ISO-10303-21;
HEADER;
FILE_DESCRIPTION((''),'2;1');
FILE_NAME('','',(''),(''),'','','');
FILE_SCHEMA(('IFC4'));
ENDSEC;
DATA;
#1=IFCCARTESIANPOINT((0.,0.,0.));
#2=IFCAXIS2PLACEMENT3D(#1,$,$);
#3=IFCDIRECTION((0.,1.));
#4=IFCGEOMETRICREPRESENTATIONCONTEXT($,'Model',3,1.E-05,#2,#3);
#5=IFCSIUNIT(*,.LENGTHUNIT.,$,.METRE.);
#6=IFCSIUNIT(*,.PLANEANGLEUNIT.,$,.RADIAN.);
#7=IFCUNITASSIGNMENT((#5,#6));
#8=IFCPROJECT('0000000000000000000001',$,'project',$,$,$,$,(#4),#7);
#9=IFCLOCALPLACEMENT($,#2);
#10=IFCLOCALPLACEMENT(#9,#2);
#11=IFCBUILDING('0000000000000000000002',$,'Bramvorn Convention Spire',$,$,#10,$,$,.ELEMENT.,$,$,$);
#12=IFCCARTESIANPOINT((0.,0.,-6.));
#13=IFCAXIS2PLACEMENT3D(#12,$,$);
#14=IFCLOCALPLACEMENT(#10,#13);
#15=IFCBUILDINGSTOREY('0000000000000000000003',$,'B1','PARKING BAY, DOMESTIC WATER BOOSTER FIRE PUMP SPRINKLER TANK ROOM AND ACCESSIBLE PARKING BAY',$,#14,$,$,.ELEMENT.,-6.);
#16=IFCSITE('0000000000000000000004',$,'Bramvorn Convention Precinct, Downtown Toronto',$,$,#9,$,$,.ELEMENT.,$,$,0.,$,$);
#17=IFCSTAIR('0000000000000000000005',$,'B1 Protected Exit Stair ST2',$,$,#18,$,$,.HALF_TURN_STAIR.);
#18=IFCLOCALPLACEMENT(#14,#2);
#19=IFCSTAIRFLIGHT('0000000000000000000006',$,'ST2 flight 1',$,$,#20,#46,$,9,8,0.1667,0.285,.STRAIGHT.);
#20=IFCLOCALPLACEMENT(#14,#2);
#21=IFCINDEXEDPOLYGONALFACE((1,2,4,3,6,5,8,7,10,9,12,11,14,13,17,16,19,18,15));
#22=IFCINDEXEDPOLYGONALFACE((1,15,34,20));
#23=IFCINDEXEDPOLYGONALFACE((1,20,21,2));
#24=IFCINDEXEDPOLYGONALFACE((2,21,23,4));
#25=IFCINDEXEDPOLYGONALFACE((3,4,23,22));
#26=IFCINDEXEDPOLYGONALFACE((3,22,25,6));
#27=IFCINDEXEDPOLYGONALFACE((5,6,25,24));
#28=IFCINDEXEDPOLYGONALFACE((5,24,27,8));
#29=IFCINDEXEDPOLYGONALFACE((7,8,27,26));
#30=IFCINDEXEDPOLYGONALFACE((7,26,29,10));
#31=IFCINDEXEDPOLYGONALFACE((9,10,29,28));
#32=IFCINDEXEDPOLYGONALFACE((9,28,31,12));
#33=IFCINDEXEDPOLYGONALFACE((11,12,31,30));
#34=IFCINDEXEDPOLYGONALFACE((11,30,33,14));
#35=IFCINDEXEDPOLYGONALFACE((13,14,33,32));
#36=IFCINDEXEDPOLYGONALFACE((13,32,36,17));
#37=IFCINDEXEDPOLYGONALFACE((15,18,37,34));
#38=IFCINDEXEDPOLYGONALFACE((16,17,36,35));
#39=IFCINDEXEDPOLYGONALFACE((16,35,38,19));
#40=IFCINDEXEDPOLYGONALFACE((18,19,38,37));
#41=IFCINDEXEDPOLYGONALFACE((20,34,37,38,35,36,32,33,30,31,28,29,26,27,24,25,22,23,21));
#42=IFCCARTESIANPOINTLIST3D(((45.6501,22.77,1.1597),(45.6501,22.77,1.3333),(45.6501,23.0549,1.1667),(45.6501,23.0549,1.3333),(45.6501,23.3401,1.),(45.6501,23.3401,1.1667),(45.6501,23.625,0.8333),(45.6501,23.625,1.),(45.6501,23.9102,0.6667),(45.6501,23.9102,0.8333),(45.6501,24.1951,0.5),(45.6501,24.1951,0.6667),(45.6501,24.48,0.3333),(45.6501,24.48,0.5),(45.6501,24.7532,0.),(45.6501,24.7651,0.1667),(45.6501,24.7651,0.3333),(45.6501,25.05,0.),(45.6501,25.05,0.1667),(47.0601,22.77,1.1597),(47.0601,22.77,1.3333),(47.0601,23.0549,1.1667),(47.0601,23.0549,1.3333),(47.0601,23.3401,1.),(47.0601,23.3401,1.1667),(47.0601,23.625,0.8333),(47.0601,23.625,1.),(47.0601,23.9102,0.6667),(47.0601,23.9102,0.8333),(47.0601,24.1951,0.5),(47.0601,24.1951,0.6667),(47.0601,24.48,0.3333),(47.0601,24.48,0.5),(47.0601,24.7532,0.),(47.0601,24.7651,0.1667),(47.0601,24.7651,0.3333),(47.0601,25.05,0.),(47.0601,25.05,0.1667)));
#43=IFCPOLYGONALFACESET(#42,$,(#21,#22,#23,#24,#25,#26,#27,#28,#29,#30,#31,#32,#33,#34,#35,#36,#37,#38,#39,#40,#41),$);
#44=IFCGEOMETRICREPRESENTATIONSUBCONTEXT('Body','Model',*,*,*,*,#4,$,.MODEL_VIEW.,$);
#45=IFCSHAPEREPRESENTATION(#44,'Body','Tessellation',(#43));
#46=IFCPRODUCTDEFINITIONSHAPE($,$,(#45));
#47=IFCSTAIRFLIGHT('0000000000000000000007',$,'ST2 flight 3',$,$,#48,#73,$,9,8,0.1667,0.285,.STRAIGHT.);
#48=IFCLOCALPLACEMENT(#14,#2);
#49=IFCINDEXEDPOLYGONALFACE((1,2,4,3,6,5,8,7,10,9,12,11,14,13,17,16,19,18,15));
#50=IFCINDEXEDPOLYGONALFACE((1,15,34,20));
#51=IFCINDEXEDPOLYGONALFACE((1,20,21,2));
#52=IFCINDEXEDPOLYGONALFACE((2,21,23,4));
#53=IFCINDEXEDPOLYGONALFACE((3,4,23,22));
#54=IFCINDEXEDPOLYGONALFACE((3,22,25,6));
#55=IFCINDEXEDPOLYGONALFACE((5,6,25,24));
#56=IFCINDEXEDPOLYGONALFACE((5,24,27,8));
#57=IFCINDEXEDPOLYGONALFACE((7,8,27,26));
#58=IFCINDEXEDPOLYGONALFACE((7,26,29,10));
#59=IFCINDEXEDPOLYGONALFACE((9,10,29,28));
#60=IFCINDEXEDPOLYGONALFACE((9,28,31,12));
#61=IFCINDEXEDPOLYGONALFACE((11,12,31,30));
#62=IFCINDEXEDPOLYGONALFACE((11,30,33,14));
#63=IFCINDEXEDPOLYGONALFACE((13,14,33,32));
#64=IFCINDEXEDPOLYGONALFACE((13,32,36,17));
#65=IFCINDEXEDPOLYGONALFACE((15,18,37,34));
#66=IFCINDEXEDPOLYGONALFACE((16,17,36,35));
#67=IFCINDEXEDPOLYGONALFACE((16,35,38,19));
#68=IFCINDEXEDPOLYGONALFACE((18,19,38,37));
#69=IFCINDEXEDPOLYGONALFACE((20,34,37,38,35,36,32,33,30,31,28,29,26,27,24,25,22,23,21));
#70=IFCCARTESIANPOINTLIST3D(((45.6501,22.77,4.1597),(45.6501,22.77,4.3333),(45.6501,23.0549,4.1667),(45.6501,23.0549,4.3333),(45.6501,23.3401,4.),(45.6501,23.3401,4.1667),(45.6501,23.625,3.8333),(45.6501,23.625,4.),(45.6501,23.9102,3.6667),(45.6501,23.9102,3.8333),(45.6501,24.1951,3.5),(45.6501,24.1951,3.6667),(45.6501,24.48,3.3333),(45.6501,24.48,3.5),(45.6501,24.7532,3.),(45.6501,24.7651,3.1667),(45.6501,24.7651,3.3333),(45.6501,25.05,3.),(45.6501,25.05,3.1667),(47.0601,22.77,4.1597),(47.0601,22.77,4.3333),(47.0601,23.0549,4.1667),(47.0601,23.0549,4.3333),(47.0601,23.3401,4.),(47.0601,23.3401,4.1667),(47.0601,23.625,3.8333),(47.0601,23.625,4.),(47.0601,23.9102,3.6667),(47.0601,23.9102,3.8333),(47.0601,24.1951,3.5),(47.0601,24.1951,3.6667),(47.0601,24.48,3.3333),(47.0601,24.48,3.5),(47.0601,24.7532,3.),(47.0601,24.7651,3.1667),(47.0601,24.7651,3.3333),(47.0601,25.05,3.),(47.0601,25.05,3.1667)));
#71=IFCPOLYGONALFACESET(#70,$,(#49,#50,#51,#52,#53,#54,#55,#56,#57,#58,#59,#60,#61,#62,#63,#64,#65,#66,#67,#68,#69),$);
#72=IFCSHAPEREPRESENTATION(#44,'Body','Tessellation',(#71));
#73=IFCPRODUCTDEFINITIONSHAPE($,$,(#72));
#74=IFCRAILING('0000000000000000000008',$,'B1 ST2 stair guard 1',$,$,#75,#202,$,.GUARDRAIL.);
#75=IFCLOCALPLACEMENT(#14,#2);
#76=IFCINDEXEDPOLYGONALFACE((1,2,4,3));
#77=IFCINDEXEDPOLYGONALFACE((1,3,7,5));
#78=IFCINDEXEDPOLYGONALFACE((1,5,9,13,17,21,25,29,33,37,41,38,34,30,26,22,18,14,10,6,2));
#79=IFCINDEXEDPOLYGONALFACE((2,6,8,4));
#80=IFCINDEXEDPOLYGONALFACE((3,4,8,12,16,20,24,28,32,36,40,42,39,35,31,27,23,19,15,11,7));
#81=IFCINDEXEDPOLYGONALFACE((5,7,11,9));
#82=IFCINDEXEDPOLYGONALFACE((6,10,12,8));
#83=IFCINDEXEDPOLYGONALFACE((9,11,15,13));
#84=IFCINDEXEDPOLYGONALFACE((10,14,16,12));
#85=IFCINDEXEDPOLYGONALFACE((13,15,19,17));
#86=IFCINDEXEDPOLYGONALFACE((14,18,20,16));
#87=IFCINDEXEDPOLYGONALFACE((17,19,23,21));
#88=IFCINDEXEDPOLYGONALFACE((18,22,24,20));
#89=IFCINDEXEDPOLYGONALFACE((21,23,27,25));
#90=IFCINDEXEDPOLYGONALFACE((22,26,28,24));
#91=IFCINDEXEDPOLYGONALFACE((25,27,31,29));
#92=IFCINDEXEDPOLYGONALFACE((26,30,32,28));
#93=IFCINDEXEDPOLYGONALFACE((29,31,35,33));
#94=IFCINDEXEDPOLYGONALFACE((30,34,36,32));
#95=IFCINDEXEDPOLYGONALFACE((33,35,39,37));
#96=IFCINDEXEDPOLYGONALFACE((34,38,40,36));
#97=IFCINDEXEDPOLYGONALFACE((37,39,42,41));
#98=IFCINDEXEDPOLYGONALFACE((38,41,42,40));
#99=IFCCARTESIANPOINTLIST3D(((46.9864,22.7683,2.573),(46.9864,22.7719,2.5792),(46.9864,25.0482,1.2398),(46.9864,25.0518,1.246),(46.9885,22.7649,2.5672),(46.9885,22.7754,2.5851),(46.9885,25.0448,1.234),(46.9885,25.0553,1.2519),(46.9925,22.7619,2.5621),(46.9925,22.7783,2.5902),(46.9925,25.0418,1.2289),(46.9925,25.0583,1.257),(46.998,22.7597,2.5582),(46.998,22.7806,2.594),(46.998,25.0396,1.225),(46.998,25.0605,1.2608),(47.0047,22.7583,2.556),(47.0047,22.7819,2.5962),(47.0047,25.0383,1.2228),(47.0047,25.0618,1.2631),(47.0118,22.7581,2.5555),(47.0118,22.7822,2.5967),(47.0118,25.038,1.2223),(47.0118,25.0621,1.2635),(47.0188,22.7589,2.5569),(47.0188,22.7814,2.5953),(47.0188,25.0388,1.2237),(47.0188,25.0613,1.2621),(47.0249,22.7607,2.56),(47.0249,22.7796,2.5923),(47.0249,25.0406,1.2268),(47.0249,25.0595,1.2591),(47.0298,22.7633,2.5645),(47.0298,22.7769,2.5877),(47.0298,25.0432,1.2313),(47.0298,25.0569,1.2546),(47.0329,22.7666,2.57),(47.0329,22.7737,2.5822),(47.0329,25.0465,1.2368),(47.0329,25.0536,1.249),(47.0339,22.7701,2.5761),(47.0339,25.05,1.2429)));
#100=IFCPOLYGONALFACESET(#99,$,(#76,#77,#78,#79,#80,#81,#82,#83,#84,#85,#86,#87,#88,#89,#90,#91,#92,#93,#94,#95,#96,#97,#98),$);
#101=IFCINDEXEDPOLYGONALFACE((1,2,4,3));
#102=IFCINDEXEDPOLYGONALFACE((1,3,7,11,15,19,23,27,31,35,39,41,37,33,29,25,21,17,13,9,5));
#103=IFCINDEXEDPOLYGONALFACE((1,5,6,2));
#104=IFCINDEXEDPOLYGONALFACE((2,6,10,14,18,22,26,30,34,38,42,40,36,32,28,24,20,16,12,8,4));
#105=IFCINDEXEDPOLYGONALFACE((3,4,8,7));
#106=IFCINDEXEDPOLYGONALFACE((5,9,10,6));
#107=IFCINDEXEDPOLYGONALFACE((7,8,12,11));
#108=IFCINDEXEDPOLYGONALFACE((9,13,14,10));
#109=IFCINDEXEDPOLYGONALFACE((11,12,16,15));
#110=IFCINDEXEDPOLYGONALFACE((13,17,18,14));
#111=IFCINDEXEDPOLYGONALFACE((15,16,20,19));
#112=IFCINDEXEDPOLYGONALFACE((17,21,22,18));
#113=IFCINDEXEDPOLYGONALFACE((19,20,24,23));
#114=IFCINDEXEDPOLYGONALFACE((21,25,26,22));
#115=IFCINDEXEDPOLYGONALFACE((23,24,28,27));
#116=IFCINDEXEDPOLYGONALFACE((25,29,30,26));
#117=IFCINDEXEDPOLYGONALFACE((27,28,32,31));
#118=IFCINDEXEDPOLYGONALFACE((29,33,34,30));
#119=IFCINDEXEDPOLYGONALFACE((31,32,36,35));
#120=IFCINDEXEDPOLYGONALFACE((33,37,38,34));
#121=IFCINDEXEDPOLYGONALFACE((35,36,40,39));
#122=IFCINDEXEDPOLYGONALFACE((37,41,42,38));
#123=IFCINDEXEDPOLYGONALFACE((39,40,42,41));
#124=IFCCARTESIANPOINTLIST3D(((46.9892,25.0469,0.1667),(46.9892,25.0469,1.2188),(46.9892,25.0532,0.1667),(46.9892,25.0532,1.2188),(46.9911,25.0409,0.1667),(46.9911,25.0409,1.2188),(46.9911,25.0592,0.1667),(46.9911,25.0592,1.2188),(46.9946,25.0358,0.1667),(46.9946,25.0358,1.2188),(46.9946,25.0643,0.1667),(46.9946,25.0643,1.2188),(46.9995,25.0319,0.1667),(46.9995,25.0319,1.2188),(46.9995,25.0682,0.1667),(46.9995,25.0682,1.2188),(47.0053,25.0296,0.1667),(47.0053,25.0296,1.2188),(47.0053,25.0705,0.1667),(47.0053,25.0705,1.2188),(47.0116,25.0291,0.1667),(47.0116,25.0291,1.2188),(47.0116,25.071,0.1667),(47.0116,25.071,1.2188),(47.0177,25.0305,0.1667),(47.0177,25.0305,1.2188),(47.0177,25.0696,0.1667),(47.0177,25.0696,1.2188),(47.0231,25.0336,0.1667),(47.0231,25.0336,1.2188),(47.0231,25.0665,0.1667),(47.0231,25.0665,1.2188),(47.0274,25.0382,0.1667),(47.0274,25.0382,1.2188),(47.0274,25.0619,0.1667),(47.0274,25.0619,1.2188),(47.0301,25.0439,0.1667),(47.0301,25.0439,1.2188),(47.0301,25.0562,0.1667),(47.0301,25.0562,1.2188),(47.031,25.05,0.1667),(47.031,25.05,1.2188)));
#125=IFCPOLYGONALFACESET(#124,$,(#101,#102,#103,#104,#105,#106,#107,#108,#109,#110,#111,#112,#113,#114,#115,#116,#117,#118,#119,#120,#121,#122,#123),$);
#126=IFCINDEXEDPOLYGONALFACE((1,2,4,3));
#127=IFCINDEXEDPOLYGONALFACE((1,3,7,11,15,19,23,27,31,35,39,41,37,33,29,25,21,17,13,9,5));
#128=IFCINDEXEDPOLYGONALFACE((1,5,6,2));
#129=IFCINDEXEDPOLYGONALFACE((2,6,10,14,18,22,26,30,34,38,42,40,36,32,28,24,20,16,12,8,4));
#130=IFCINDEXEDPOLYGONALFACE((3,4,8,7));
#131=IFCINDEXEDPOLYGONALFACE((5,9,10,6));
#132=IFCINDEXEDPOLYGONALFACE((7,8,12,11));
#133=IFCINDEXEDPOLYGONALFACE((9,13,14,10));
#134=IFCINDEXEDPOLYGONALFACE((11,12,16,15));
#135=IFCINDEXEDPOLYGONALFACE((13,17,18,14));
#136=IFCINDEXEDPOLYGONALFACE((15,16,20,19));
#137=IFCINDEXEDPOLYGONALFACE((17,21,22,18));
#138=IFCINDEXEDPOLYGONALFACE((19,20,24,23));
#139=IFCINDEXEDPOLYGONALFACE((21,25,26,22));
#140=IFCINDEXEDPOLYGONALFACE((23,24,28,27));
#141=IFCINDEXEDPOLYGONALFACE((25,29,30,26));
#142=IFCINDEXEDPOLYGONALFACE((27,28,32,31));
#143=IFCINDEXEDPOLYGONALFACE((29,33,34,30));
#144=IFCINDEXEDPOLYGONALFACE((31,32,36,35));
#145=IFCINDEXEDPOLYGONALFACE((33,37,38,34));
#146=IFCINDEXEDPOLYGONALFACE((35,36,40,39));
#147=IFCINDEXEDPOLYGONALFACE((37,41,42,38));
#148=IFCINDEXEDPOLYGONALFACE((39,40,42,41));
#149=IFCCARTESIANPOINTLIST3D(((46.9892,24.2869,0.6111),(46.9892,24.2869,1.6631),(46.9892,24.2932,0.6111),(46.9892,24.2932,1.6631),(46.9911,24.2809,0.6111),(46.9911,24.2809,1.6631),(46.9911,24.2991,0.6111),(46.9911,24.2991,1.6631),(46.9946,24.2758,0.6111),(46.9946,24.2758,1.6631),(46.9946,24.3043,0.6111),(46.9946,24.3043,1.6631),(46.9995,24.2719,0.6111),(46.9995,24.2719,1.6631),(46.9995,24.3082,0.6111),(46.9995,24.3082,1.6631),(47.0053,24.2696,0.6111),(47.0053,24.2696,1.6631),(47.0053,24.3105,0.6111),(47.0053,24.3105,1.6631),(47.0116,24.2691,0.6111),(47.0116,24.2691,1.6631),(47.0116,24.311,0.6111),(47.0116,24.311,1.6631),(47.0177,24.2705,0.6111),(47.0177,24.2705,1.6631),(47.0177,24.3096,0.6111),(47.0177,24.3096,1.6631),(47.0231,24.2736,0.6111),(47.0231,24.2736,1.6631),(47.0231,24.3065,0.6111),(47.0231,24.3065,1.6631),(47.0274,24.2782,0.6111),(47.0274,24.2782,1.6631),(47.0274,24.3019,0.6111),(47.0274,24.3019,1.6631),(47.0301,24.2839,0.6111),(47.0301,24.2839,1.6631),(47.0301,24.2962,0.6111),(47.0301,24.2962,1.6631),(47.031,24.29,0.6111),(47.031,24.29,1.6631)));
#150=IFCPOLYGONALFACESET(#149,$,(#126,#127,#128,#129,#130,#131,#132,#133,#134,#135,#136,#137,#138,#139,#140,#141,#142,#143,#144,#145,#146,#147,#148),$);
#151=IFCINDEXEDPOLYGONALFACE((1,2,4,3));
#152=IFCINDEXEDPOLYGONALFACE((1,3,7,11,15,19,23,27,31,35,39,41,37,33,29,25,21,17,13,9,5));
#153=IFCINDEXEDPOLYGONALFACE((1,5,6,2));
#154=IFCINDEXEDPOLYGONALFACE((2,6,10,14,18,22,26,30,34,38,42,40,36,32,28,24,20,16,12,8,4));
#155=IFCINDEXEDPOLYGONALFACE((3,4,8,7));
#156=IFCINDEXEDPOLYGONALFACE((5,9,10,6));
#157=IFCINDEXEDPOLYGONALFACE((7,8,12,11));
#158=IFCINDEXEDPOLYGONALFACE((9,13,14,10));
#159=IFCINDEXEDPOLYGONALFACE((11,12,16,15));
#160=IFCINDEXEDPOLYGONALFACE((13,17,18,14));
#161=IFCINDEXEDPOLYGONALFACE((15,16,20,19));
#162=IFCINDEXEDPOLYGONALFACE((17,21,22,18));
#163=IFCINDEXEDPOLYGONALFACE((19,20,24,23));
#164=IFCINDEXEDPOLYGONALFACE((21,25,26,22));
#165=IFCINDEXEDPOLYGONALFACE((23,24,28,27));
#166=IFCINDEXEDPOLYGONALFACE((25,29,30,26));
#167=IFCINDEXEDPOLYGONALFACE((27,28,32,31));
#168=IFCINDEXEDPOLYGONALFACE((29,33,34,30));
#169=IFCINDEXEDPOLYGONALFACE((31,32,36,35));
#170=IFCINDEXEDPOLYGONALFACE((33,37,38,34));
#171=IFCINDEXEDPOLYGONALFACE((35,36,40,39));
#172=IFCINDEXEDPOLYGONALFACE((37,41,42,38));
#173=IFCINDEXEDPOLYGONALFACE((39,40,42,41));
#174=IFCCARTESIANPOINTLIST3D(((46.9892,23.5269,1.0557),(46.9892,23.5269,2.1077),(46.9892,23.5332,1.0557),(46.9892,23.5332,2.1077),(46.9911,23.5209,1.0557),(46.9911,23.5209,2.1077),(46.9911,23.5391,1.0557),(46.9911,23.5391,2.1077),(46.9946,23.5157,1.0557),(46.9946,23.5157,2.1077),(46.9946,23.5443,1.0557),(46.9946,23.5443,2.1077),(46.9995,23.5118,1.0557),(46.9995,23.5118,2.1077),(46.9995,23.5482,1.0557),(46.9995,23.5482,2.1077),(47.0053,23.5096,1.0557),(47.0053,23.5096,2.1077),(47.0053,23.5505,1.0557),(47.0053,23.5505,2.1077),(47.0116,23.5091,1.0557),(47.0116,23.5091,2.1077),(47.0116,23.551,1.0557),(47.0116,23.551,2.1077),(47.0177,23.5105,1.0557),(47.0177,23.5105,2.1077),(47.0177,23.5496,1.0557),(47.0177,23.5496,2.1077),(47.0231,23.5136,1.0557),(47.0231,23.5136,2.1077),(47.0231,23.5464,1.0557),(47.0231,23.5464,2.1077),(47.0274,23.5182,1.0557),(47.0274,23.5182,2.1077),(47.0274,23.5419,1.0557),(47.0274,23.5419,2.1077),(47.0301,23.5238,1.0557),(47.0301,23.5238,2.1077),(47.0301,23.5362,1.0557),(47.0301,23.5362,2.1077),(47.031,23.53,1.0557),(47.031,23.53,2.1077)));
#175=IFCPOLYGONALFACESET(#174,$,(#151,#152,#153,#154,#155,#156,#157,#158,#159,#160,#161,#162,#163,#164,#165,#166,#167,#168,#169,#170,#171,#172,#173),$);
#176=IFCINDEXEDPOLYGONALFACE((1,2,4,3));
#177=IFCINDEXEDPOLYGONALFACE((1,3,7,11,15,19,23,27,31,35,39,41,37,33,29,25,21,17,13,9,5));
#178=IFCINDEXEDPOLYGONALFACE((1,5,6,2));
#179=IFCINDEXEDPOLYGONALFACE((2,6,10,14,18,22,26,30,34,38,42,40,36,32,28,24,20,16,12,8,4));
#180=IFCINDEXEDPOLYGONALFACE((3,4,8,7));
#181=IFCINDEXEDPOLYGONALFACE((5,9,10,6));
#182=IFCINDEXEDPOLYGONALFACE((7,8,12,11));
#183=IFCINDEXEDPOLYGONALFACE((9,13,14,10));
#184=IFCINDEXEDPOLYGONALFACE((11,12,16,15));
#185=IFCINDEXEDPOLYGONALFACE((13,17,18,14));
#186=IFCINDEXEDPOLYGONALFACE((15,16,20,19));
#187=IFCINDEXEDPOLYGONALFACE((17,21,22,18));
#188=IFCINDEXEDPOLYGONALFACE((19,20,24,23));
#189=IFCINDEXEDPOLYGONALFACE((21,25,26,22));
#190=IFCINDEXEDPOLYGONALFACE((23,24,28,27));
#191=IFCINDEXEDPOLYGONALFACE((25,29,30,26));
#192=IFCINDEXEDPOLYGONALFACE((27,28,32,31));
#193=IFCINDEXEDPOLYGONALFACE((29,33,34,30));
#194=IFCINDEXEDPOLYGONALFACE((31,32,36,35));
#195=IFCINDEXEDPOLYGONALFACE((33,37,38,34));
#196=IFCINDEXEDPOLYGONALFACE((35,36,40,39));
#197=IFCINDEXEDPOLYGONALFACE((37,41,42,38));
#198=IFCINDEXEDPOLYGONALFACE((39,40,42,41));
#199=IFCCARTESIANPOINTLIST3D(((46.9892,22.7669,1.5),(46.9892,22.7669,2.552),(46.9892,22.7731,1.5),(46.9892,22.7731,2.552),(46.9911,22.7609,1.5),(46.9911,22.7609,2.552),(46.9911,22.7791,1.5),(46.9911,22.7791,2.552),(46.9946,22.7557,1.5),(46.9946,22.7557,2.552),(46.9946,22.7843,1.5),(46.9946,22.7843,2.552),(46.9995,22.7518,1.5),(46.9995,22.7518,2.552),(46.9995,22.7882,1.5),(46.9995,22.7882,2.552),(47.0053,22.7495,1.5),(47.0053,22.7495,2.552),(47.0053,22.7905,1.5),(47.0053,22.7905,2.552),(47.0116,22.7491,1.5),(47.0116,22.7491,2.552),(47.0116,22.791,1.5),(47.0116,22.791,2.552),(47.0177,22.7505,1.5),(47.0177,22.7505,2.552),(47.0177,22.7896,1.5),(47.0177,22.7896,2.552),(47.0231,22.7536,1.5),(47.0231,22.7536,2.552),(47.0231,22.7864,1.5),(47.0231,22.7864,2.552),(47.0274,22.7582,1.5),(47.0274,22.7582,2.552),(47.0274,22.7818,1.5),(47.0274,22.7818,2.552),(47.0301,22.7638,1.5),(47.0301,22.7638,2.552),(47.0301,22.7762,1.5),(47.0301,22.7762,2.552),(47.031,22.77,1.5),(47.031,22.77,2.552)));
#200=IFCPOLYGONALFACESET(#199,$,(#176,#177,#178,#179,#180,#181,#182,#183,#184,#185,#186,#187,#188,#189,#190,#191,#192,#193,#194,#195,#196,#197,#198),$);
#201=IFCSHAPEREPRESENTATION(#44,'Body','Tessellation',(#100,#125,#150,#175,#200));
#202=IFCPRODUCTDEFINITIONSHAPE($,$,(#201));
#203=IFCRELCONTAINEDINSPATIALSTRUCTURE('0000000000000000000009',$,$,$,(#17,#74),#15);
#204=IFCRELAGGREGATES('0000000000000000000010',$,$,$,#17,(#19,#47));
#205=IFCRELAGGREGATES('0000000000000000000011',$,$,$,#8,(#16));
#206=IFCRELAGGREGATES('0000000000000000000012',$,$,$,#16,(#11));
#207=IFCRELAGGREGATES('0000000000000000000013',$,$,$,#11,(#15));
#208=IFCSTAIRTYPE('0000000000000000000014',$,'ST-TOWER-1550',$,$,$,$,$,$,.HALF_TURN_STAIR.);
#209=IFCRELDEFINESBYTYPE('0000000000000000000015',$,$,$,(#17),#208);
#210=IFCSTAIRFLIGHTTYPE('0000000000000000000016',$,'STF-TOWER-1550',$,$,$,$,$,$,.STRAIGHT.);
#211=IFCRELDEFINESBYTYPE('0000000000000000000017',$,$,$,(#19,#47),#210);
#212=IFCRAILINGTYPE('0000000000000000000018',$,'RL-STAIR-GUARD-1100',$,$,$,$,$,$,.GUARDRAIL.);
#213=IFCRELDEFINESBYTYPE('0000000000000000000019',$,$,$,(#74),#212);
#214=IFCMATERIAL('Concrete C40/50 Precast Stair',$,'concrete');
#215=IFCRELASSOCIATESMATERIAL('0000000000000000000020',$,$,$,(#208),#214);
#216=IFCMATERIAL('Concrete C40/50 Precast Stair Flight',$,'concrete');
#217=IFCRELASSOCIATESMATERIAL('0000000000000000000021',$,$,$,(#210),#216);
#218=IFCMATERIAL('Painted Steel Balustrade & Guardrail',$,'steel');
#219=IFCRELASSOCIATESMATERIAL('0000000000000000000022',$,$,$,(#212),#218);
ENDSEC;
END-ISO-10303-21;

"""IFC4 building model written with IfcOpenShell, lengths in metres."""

from ifc_helpers import new_model, si_unit, direction, frame, origin, origin_2d, place, context, subcontext, project, spatial, polyline, circle, outline, extrude, material, type_object, element, aggregate, save


model = new_model("IFC4")

# Units and contexts
model_context = context("Model", 3, precision=1e-05, world=origin(), true_north=direction((0.0, 1.0)))
body_context = subcontext(model_context, "Body", "Model", "MODEL_VIEW")
ifc_project = project(units=[si_unit("LENGTHUNIT", "METRE"), si_unit("PLANEANGLEUNIT", "RADIAN")], contexts=[model_context])

# Site, building, storey
site_placement = place(None, origin())
site = spatial("IfcSite", under=ifc_project, at=site_placement, Name="Bramvorn Convention Precinct, Downtown Toronto", CompositionType="ELEMENT", RefElevation=0.0)
building_placement = place(site_placement, origin())
building = spatial("IfcBuilding", under=site, at=building_placement, Name="Bramvorn Convention Spire", CompositionType="ELEMENT")
storey_placement = place(building_placement, frame((0.0, 0.0, -6.0)))
storey = spatial("IfcBuildingStorey", under=building, at=storey_placement, Name="B1", Description="PARKING BAY, DOMESTIC WATER BOOSTER FIRE PUMP SPRINKLER TANK ROOM AND ACCESSIBLE PARKING BAY", CompositionType="ELEMENT", Elevation=-6.0)

# Stair, stair flights
ifc_material_1 = material(Name="Concrete C40/50 Precast Stair", Category="concrete")
stair_type = type_object("IfcStairType", Name="ST-TOWER-1550", PredefinedType="HALF_TURN_STAIR", material=ifc_material_1)
stair_placement = place(storey_placement, origin())
stair = element("IfcStair", 1, at=stair_placement, inside=storey, type_object=stair_type, Name="B1 Protected Exit Stair ST2", PredefinedType="HALF_TURN_STAIR")
ifc_material_2 = material(Name="Concrete C40/50 Precast Stair Flight", Category="concrete")
stair_flight_type = type_object("IfcStairFlightType", Name="STF-TOWER-1550", PredefinedType="STRAIGHT", material=ifc_material_2)
stair_flight_1_placement = place(storey_placement, frame((46.355, 25.05, 0.0), z_axis=(0.0, 0.0, 1.0), x_axis=(0.0, -1.0, 0.0)))
stair_flight_1 = element("IfcStairFlight", 2, at=stair_flight_1_placement, type_object=stair_flight_type, Name="ST2 flight 1", NumberOfRisers=9, NumberOfTreads=8, PredefinedType="STRAIGHT", RiserHeight=0.1667, TreadLength=0.285, context=body_context, shape_type="SweptSolid", body=[
    extrude(outline(polyline([(0.0, 0.0), (0.0, 0.1667), (0.2849, 0.1667), (0.2849, 0.3333), (0.5701, 0.3333), (0.5701, 0.5), (0.855, 0.5), (0.855, 0.6667), (1.1399, 0.6667), (1.1399, 0.8333), (1.425, 0.8333), (1.425, 1.0), (1.71, 1.0), (1.71, 1.1667), (1.9951, 1.1667), (1.9951, 1.3333), (2.28, 1.3333), (2.28, 1.5), (2.28, 1.1597), (0.2969, 0.0), (0.0, 0.0)])), frame((0.0, 0.7051, 0.0), z_axis=(0.0, -1.0, 0.0), x_axis=(1.0, 0.0, 0.0)), (0.0, 0.0, 1.0), 1.4099),
])
stair_flight_2_placement = place(storey_placement, frame((46.355, 25.05, 3.0), z_axis=(0.0, 0.0, 1.0), x_axis=(0.0, -1.0, 0.0)))
stair_flight_2 = element("IfcStairFlight", 3, at=stair_flight_2_placement, type_object=stair_flight_type, Name="ST2 flight 3", NumberOfRisers=9, NumberOfTreads=8, PredefinedType="STRAIGHT", RiserHeight=0.1667, TreadLength=0.285, context=body_context, shape_type="SweptSolid", body=[
    extrude(outline(polyline([(0.0, 0.0), (0.0, 0.1667), (0.2849, 0.1667), (0.2849, 0.3333), (0.5701, 0.3333), (0.5701, 0.5), (0.855, 0.5), (0.855, 0.6667), (1.1399, 0.6667), (1.1399, 0.8333), (1.425, 0.8333), (1.425, 1.0), (1.71, 1.0), (1.71, 1.1667), (1.9951, 1.1667), (1.9951, 1.3333), (2.28, 1.3333), (2.28, 1.5), (2.28, 1.1597), (0.2969, 0.0), (0.0, 0.0)])), frame((0.0, 0.7051, 0.0), z_axis=(0.0, -1.0, 0.0), x_axis=(1.0, 0.0, 0.0)), (0.0, 0.0, 1.0), 1.4099),
])
aggregate(stair, [stair_flight_1, stair_flight_2])

# Railing
ifc_material_3 = material(Name="Painted Steel Balustrade & Guardrail", Category="steel")
railing_type_1 = type_object("IfcRailingType", Name="RL-STAIR-GUARD-1100", PredefinedType="GUARDRAIL", material=ifc_material_3)
railing_1_placement = place(storey_placement, frame((47.01, 25.05, 0.1667)))
element("IfcRailing", 4, at=railing_1_placement, inside=storey, type_object=railing_type_1, Name="B1 ST2 stair guard 1", PredefinedType="GUARDRAIL", context=body_context, shape_type="SweptSolid", body=[
    extrude(circle(Radius=0.0239, at=origin_2d()), frame((0.0, 0.0, 1.0762), z_axis=(0.0, -0.863245, 0.504785), x_axis=(1.0, 0.0, 0.0)), (0.0, 0.0, 1.0), 2.6411),
    extrude(circle(Radius=0.021, at=origin_2d()), origin(), (0.0, 0.0, 1.0), 1.052),
    extrude(circle(Radius=0.021, at=origin_2d()), frame((0.0, -0.76, 0.4443)), (0.0, 0.0, 1.0), 1.052),
    extrude(circle(Radius=0.021, at=origin_2d()), frame((0.0, -1.52, 0.8889)), (0.0, 0.0, 1.0), 1.052),
    extrude(circle(Radius=0.021, at=origin_2d()), frame((0.0, -2.28, 1.3333)), (0.0, 0.0, 1.0), 1.052),
])

save(model, "model.ifc")
